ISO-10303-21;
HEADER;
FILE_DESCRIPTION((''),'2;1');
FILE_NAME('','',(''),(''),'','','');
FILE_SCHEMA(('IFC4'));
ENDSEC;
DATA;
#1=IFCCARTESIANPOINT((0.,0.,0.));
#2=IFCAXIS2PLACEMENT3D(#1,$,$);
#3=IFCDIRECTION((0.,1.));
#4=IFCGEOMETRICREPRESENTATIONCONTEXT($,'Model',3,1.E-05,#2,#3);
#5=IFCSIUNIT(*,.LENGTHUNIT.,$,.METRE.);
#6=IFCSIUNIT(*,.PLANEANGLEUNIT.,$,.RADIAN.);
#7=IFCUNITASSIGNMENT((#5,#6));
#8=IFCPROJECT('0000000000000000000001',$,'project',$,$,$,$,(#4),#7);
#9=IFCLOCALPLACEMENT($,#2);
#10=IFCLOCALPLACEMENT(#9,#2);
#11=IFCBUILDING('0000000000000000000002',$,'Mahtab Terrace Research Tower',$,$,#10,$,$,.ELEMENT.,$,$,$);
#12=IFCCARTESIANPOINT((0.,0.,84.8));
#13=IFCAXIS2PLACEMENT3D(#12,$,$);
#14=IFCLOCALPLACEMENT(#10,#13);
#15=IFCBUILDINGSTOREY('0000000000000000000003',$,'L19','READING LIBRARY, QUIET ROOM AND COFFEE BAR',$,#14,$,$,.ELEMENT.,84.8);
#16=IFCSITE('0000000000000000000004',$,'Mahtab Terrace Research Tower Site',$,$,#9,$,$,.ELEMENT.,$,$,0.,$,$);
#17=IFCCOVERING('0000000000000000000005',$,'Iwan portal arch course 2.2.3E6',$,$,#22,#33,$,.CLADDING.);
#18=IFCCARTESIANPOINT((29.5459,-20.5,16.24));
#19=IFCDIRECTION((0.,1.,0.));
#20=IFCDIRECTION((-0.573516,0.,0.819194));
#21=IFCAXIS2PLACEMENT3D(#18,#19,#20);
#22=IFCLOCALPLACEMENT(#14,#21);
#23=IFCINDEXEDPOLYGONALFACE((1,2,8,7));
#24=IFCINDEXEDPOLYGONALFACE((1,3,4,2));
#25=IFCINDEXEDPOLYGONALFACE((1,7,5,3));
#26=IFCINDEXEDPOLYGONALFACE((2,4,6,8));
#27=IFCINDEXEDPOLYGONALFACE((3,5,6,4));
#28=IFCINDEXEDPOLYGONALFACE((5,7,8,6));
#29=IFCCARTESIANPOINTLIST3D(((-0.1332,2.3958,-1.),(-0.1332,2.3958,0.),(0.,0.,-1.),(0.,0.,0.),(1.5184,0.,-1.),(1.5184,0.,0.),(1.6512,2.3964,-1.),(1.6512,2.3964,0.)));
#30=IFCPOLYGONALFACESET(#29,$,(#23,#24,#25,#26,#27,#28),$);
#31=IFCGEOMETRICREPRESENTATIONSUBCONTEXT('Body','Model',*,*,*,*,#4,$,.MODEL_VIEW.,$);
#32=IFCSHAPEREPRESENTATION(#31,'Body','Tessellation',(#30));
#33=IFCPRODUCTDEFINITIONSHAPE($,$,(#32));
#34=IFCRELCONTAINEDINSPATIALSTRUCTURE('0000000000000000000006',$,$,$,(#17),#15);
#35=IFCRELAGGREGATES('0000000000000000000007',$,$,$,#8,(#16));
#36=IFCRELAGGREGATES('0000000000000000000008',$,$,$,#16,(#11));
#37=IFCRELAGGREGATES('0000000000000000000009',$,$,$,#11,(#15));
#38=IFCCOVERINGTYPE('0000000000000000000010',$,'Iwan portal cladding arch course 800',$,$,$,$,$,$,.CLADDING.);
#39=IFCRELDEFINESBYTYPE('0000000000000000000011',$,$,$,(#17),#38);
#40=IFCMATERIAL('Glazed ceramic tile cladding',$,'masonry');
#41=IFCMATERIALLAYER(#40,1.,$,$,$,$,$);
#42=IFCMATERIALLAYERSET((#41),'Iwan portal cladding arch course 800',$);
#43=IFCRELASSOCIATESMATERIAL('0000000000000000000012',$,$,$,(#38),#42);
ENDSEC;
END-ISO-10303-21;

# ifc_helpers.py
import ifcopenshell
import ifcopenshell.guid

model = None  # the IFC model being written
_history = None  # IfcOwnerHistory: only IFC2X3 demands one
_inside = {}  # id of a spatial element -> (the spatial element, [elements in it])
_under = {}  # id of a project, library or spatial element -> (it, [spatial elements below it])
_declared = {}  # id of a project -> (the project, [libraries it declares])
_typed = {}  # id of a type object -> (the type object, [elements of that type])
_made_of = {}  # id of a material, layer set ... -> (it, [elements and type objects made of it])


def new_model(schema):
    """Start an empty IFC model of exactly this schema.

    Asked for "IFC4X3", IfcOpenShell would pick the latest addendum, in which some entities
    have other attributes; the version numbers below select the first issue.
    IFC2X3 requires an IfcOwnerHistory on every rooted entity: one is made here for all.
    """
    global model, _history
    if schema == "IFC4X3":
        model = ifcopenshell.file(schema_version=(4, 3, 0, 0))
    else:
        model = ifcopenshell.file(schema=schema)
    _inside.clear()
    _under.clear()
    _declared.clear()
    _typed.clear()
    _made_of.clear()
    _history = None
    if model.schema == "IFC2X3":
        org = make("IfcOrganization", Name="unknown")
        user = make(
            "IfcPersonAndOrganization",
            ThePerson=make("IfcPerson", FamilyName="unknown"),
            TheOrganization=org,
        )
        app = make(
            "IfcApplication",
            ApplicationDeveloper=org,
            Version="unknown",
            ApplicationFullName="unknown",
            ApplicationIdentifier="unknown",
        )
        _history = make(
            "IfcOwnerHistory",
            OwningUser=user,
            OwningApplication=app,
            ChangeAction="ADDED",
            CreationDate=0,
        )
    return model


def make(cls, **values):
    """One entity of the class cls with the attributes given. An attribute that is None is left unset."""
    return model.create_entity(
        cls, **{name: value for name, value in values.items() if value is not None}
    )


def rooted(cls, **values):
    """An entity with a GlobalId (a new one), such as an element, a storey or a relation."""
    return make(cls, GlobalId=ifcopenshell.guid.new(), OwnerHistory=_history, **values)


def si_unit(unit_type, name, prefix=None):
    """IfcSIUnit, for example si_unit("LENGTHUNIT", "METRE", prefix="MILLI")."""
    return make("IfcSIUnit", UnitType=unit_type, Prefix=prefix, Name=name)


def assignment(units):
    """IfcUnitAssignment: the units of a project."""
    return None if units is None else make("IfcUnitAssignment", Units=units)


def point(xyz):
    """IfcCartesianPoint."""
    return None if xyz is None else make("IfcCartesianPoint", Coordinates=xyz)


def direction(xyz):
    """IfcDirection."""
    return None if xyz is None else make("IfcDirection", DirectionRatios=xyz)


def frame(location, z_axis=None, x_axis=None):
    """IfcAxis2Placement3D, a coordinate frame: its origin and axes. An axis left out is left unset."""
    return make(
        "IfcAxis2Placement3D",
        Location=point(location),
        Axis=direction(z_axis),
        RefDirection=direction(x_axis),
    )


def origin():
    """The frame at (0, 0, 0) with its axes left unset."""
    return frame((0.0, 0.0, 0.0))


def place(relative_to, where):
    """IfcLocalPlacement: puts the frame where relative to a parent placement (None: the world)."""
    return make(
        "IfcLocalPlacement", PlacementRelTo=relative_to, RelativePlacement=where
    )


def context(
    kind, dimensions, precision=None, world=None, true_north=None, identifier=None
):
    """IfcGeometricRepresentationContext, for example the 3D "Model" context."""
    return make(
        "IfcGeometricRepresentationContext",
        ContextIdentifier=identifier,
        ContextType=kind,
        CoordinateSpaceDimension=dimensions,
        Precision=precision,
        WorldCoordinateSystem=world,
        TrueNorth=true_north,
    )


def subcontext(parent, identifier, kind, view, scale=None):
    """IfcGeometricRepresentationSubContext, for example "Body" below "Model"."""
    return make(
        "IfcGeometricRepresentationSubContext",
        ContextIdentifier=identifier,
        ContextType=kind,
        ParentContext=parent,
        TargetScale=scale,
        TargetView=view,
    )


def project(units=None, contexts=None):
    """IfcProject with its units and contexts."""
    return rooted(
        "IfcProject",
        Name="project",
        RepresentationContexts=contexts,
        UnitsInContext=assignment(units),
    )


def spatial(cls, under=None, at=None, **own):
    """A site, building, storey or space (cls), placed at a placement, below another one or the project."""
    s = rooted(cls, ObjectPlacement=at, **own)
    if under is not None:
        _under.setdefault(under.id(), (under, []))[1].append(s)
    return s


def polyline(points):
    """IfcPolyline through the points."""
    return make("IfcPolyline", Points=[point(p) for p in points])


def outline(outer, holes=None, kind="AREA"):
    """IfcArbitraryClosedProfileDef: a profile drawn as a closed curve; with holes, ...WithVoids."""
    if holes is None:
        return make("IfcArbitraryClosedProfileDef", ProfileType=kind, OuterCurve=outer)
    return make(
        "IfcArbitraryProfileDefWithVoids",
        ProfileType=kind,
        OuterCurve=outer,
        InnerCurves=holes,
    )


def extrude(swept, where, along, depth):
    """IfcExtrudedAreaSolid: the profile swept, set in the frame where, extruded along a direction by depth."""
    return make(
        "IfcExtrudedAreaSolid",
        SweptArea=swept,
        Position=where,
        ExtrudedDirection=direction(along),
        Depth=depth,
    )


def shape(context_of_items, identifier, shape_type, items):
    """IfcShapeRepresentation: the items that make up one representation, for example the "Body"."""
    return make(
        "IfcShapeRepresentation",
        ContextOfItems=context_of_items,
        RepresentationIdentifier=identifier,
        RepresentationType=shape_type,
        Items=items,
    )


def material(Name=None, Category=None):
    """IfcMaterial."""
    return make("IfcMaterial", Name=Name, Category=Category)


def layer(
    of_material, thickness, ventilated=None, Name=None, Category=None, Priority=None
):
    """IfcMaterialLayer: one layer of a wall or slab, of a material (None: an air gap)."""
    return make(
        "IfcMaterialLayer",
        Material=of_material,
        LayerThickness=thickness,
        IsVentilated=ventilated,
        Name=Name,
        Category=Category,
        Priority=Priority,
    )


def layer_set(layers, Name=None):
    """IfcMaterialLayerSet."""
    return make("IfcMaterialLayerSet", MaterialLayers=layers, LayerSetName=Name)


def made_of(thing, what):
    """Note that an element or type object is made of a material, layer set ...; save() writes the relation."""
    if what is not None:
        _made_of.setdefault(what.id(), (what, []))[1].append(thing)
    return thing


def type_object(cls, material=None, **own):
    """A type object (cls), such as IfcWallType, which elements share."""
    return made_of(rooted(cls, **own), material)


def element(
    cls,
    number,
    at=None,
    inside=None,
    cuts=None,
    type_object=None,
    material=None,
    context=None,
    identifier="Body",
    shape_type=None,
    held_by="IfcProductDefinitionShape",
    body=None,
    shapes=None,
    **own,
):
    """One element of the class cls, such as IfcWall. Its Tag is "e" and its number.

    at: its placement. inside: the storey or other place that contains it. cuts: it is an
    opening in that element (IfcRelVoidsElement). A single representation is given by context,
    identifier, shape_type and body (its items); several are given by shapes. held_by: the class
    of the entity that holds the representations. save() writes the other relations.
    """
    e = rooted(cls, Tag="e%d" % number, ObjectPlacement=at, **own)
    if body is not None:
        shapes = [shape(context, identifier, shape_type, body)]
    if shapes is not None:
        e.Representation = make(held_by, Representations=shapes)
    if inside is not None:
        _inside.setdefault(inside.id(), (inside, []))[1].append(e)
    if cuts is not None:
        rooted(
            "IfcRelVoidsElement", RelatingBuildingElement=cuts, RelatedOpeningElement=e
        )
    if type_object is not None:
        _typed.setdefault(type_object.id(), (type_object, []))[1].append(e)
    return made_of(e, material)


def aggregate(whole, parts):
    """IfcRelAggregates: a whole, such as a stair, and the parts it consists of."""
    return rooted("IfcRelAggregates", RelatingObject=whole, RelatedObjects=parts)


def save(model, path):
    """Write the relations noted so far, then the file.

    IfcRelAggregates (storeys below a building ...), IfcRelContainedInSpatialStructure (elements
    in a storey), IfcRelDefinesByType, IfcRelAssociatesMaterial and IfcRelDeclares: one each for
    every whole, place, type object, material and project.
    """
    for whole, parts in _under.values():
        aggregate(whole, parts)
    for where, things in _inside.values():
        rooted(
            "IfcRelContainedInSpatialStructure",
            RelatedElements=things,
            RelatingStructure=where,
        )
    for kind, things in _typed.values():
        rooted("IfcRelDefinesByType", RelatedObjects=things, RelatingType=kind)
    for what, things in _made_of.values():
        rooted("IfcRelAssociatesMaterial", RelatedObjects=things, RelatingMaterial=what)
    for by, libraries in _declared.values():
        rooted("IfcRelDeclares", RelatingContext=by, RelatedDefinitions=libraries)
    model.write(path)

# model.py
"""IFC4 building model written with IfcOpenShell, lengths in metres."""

from ifc_helpers import new_model, si_unit, direction, frame, origin, place, context, subcontext, project, spatial, polyline, outline, extrude, material, layer, layer_set, type_object, element, save


model = new_model("IFC4")

# Units and contexts
model_context = context("Model", 3, precision=1e-05, world=origin(), true_north=direction((0.0, 1.0)))
body_context = subcontext(model_context, "Body", "Model", "MODEL_VIEW")
ifc_project = project(units=[si_unit("LENGTHUNIT", "METRE"), si_unit("PLANEANGLEUNIT", "RADIAN")], contexts=[model_context])

# Site, building, storey
site_placement = place(None, origin())
site = spatial("IfcSite", under=ifc_project, at=site_placement, Name="Mahtab Terrace Research Tower Site", CompositionType="ELEMENT", RefElevation=0.0)
building_placement = place(site_placement, origin())
building = spatial("IfcBuilding", under=site, at=building_placement, Name="Mahtab Terrace Research Tower", CompositionType="ELEMENT")
storey_placement = place(building_placement, frame((0.0, 0.0, 84.8)))
storey = spatial("IfcBuildingStorey", under=building, at=storey_placement, Name="L19", Description="READING LIBRARY, QUIET ROOM AND COFFEE BAR", CompositionType="ELEMENT", Elevation=84.8)

# Covering
ifc_material = material(Name="Glazed ceramic tile cladding", Category="masonry")
ifc_layer = layer(ifc_material, 1.0)
ifc_layer_set = layer_set([ifc_layer], Name="Iwan portal cladding arch course 800")
covering_type = type_object("IfcCoveringType", Name="Iwan portal cladding arch course 800", PredefinedType="CLADDING", material=ifc_layer_set)
covering_1_placement = place(storey_placement, frame((29.5459, -20.5, 16.24), z_axis=(0.0, 1.0, 0.0), x_axis=(-0.573516, 0.0, 0.819194)))
element("IfcCovering", 1, at=covering_1_placement, inside=storey, type_object=covering_type, Name="Iwan portal arch course 2.2.3E6", PredefinedType="CLADDING", context=body_context, shape_type="SweptSolid", body=[
    extrude(outline(polyline([(0.0, 0.0), (1.5184, 0.0), (1.6512, 2.3964), (-0.1332, 2.3958), (0.0, 0.0)])), origin(), (0.0, 0.0, -1.0), 1.0),
])

save(model, "model.ifc")
